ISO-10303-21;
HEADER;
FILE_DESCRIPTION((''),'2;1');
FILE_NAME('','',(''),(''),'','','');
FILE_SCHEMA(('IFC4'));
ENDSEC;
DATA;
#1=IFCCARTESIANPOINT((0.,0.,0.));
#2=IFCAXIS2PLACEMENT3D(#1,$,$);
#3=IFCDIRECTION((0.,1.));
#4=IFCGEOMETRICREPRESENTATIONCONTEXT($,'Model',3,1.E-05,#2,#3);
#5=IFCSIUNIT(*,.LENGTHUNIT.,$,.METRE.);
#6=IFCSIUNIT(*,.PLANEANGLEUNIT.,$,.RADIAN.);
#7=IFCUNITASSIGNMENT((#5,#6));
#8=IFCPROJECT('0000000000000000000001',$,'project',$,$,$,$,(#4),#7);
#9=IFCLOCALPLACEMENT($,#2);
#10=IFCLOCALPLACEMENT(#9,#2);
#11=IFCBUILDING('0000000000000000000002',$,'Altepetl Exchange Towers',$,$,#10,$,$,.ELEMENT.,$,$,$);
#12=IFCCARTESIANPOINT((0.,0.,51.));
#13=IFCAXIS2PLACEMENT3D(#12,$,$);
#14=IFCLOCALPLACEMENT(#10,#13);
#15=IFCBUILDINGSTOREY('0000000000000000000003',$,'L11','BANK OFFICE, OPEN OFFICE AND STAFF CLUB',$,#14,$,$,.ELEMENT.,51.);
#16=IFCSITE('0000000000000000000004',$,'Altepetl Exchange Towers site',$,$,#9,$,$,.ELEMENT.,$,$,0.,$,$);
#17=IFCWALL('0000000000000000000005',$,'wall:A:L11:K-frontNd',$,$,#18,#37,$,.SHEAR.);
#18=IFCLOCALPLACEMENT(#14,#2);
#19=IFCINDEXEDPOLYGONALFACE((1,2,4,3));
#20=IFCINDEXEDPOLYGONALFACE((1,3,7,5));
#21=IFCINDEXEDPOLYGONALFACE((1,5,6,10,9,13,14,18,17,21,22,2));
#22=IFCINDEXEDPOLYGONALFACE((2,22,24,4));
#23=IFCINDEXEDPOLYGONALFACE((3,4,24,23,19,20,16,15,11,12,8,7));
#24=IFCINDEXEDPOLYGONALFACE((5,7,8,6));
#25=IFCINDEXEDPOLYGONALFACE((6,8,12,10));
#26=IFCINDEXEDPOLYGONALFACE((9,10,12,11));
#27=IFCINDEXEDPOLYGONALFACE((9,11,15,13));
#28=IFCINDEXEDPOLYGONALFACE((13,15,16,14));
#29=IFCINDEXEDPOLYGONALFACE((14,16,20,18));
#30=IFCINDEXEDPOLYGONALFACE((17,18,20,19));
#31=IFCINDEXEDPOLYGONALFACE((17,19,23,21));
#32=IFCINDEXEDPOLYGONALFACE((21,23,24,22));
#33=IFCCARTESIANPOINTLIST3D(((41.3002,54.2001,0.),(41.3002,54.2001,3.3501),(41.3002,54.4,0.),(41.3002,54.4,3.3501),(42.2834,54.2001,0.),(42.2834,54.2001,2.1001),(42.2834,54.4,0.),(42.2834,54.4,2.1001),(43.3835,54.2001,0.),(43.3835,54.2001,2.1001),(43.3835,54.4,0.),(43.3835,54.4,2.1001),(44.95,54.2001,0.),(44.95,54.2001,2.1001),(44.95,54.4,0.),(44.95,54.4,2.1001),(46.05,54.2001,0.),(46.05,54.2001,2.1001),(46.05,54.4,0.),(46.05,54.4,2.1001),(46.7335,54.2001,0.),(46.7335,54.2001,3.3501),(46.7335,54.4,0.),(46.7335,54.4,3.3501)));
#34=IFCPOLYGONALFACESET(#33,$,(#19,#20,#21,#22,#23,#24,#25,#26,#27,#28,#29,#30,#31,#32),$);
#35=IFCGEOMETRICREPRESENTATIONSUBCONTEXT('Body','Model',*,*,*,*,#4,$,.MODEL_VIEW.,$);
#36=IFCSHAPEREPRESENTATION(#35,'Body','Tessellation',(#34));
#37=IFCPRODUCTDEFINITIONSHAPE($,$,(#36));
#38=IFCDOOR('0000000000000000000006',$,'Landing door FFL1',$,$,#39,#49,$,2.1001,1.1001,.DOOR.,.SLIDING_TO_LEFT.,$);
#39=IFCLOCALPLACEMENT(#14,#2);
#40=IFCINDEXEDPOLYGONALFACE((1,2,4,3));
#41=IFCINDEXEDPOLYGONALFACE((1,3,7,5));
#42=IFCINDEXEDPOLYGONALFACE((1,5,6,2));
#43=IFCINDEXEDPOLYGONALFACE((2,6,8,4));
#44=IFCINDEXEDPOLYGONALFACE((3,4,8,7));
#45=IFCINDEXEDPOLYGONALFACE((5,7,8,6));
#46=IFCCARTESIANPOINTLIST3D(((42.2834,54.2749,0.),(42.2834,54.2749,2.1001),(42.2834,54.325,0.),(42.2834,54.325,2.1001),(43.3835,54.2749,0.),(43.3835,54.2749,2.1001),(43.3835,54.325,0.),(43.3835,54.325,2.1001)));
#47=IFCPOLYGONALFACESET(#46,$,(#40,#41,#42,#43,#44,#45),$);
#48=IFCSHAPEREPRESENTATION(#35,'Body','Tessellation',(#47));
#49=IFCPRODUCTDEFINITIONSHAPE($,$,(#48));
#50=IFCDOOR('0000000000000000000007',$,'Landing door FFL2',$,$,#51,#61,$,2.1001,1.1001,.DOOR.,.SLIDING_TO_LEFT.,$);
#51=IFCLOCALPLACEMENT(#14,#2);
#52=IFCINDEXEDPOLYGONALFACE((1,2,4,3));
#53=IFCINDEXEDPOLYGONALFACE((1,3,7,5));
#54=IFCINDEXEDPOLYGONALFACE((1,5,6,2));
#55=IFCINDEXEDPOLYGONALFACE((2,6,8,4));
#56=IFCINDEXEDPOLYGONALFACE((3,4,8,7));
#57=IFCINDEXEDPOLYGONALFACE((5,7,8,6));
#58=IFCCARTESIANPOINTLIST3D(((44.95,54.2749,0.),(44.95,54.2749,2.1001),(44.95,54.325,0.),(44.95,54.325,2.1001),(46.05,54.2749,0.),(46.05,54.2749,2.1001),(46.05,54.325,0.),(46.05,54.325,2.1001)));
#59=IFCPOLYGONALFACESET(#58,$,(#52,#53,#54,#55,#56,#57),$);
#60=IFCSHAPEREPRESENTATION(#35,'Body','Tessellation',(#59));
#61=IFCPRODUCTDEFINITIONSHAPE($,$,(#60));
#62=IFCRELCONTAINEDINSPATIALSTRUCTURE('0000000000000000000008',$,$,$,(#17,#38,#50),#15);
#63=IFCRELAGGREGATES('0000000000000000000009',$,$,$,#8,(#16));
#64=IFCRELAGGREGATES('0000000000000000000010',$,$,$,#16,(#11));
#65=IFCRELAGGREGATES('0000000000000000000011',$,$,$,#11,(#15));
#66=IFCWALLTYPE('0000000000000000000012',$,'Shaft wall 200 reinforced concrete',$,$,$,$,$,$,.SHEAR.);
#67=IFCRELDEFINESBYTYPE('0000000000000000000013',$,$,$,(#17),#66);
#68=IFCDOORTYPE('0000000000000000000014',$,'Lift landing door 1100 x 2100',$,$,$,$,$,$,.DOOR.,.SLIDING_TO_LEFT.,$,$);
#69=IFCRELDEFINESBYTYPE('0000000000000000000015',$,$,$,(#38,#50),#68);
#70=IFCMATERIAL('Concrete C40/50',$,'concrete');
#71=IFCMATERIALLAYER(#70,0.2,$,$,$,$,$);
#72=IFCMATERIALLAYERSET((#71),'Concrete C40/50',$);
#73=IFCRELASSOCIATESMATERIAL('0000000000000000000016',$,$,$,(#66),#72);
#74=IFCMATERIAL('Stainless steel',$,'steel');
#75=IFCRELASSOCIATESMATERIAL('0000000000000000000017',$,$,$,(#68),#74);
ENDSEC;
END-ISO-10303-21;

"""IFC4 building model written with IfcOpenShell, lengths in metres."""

from ifc_helpers import new_model, si_unit, direction, frame, frame_2d, origin, place, context, subcontext, project, spatial, rectangle, extrude, material, layer, layer_set, type_object, element, fill, save


model = new_model("IFC4")

# Units and contexts
model_context = context("Model", 3, precision=1e-05, world=origin(), true_north=direction((0.0, 1.0)))
body_context = subcontext(model_context, "Body", "Model", "MODEL_VIEW")
ifc_project = project(units=[si_unit("LENGTHUNIT", "METRE"), si_unit("PLANEANGLEUNIT", "RADIAN")], contexts=[model_context])

# Site, building, storey
site_placement = place(None, origin())
site = spatial("IfcSite", under=ifc_project, at=site_placement, Name="Altepetl Exchange Towers site", CompositionType="ELEMENT", RefElevation=0.0)
building_placement = place(site_placement, origin())
building = spatial("IfcBuilding", under=site, at=building_placement, Name="Altepetl Exchange Towers", CompositionType="ELEMENT")
storey_placement = place(building_placement, frame((0.0, 0.0, 51.0)))
storey = spatial("IfcBuildingStorey", under=building, at=storey_placement, Name="L11", Description="BANK OFFICE, OPEN OFFICE AND STAFF CLUB", CompositionType="ELEMENT", Elevation=51.0)

# Wall, openings, doors
ifc_material_1 = material(Name="Concrete C40/50", Category="concrete")
ifc_layer_1 = layer(ifc_material_1, 0.2)
ifc_layer_set_1 = layer_set([ifc_layer_1], Name="Concrete C40/50")
wall_type_1 = type_object("IfcWallType", Name="Shaft wall 200 reinforced concrete", PredefinedType="SHEAR", material=ifc_layer_set_1)
wall_1_placement = place(storey_placement, frame((41.3, 54.3, 0.0)))
wall_1 = element("IfcWall", 1, at=wall_1_placement, inside=storey, type_object=wall_type_1, Name="wall:A:L11:K-frontNd", PredefinedType="SHEAR", context=body_context, shape_type="SweptSolid", body=[
    extrude(rectangle(XDim=5.4333, YDim=0.2, at=frame_2d((2.7168, 0.0))), origin(), (0.0, 0.0, 1.0), 3.3501),
])
opening_1_placement = place(wall_1_placement, frame((0.9834, 0.0, 0.0)))
opening_1 = element("IfcOpeningElement", 2, at=opening_1_placement, cuts=wall_1, PredefinedType="OPENING", context=body_context, shape_type="SweptSolid", body=[
    extrude(rectangle(XDim=1.1001, YDim=2.1001, at=frame_2d((0.55, 1.05))), frame((0.0, 0.1099, 0.0), z_axis=(0.0, -1.0, 0.0), x_axis=(1.0, 0.0, 0.0)), (0.0, 0.0, 1.0), 0.22),
])
opening_2_placement = place(wall_1_placement, frame((3.6499, 0.0, 0.0)))
opening_2 = element("IfcOpeningElement", 3, at=opening_2_placement, cuts=wall_1, PredefinedType="OPENING", context=body_context, shape_type="SweptSolid", body=[
    extrude(rectangle(XDim=1.1001, YDim=2.1001, at=frame_2d((0.55, 1.05))), frame((0.0, 0.1099, 0.0), z_axis=(0.0, -1.0, 0.0), x_axis=(1.0, 0.0, 0.0)), (0.0, 0.0, 1.0), 0.22),
])
ifc_material_2 = material(Name="Stainless steel", Category="steel")
door_type_1 = type_object("IfcDoorType", Name="Lift landing door 1100 x 2100", OperationType="SLIDING_TO_LEFT", PredefinedType="DOOR", material=ifc_material_2)
door_1_placement = place(opening_1_placement, origin())
door_1 = element("IfcDoor", 4, at=door_1_placement, inside=storey, type_object=door_type_1, Name="Landing door FFL1", OperationType="SLIDING_TO_LEFT", OverallHeight=2.1001, OverallWidth=1.1001, PredefinedType="DOOR", context=body_context, shape_type="SweptSolid", body=[
    extrude(rectangle(XDim=1.1001, YDim=2.1001, at=frame_2d((0.55, 1.05))), frame((0.0, 0.0249, 0.0), z_axis=(0.0, -1.0, 0.0), x_axis=(1.0, 0.0, 0.0)), (0.0, 0.0, 1.0), 0.05),
])
fill(opening_1, door_1)
door_2_placement = place(opening_2_placement, origin())
door_2 = element("IfcDoor", 5, at=door_2_placement, inside=storey, type_object=door_type_1, Name="Landing door FFL2", OperationType="SLIDING_TO_LEFT", OverallHeight=2.1001, OverallWidth=1.1001, PredefinedType="DOOR", context=body_context, shape_type="SweptSolid", body=[
    extrude(rectangle(XDim=1.1001, YDim=2.1001, at=frame_2d((0.55, 1.05))), frame((0.0, 0.0249, 0.0), z_axis=(0.0, -1.0, 0.0), x_axis=(1.0, 0.0, 0.0)), (0.0, 0.0, 1.0), 0.05),
])
fill(opening_2, door_2)

save(model, "model.ifc")
